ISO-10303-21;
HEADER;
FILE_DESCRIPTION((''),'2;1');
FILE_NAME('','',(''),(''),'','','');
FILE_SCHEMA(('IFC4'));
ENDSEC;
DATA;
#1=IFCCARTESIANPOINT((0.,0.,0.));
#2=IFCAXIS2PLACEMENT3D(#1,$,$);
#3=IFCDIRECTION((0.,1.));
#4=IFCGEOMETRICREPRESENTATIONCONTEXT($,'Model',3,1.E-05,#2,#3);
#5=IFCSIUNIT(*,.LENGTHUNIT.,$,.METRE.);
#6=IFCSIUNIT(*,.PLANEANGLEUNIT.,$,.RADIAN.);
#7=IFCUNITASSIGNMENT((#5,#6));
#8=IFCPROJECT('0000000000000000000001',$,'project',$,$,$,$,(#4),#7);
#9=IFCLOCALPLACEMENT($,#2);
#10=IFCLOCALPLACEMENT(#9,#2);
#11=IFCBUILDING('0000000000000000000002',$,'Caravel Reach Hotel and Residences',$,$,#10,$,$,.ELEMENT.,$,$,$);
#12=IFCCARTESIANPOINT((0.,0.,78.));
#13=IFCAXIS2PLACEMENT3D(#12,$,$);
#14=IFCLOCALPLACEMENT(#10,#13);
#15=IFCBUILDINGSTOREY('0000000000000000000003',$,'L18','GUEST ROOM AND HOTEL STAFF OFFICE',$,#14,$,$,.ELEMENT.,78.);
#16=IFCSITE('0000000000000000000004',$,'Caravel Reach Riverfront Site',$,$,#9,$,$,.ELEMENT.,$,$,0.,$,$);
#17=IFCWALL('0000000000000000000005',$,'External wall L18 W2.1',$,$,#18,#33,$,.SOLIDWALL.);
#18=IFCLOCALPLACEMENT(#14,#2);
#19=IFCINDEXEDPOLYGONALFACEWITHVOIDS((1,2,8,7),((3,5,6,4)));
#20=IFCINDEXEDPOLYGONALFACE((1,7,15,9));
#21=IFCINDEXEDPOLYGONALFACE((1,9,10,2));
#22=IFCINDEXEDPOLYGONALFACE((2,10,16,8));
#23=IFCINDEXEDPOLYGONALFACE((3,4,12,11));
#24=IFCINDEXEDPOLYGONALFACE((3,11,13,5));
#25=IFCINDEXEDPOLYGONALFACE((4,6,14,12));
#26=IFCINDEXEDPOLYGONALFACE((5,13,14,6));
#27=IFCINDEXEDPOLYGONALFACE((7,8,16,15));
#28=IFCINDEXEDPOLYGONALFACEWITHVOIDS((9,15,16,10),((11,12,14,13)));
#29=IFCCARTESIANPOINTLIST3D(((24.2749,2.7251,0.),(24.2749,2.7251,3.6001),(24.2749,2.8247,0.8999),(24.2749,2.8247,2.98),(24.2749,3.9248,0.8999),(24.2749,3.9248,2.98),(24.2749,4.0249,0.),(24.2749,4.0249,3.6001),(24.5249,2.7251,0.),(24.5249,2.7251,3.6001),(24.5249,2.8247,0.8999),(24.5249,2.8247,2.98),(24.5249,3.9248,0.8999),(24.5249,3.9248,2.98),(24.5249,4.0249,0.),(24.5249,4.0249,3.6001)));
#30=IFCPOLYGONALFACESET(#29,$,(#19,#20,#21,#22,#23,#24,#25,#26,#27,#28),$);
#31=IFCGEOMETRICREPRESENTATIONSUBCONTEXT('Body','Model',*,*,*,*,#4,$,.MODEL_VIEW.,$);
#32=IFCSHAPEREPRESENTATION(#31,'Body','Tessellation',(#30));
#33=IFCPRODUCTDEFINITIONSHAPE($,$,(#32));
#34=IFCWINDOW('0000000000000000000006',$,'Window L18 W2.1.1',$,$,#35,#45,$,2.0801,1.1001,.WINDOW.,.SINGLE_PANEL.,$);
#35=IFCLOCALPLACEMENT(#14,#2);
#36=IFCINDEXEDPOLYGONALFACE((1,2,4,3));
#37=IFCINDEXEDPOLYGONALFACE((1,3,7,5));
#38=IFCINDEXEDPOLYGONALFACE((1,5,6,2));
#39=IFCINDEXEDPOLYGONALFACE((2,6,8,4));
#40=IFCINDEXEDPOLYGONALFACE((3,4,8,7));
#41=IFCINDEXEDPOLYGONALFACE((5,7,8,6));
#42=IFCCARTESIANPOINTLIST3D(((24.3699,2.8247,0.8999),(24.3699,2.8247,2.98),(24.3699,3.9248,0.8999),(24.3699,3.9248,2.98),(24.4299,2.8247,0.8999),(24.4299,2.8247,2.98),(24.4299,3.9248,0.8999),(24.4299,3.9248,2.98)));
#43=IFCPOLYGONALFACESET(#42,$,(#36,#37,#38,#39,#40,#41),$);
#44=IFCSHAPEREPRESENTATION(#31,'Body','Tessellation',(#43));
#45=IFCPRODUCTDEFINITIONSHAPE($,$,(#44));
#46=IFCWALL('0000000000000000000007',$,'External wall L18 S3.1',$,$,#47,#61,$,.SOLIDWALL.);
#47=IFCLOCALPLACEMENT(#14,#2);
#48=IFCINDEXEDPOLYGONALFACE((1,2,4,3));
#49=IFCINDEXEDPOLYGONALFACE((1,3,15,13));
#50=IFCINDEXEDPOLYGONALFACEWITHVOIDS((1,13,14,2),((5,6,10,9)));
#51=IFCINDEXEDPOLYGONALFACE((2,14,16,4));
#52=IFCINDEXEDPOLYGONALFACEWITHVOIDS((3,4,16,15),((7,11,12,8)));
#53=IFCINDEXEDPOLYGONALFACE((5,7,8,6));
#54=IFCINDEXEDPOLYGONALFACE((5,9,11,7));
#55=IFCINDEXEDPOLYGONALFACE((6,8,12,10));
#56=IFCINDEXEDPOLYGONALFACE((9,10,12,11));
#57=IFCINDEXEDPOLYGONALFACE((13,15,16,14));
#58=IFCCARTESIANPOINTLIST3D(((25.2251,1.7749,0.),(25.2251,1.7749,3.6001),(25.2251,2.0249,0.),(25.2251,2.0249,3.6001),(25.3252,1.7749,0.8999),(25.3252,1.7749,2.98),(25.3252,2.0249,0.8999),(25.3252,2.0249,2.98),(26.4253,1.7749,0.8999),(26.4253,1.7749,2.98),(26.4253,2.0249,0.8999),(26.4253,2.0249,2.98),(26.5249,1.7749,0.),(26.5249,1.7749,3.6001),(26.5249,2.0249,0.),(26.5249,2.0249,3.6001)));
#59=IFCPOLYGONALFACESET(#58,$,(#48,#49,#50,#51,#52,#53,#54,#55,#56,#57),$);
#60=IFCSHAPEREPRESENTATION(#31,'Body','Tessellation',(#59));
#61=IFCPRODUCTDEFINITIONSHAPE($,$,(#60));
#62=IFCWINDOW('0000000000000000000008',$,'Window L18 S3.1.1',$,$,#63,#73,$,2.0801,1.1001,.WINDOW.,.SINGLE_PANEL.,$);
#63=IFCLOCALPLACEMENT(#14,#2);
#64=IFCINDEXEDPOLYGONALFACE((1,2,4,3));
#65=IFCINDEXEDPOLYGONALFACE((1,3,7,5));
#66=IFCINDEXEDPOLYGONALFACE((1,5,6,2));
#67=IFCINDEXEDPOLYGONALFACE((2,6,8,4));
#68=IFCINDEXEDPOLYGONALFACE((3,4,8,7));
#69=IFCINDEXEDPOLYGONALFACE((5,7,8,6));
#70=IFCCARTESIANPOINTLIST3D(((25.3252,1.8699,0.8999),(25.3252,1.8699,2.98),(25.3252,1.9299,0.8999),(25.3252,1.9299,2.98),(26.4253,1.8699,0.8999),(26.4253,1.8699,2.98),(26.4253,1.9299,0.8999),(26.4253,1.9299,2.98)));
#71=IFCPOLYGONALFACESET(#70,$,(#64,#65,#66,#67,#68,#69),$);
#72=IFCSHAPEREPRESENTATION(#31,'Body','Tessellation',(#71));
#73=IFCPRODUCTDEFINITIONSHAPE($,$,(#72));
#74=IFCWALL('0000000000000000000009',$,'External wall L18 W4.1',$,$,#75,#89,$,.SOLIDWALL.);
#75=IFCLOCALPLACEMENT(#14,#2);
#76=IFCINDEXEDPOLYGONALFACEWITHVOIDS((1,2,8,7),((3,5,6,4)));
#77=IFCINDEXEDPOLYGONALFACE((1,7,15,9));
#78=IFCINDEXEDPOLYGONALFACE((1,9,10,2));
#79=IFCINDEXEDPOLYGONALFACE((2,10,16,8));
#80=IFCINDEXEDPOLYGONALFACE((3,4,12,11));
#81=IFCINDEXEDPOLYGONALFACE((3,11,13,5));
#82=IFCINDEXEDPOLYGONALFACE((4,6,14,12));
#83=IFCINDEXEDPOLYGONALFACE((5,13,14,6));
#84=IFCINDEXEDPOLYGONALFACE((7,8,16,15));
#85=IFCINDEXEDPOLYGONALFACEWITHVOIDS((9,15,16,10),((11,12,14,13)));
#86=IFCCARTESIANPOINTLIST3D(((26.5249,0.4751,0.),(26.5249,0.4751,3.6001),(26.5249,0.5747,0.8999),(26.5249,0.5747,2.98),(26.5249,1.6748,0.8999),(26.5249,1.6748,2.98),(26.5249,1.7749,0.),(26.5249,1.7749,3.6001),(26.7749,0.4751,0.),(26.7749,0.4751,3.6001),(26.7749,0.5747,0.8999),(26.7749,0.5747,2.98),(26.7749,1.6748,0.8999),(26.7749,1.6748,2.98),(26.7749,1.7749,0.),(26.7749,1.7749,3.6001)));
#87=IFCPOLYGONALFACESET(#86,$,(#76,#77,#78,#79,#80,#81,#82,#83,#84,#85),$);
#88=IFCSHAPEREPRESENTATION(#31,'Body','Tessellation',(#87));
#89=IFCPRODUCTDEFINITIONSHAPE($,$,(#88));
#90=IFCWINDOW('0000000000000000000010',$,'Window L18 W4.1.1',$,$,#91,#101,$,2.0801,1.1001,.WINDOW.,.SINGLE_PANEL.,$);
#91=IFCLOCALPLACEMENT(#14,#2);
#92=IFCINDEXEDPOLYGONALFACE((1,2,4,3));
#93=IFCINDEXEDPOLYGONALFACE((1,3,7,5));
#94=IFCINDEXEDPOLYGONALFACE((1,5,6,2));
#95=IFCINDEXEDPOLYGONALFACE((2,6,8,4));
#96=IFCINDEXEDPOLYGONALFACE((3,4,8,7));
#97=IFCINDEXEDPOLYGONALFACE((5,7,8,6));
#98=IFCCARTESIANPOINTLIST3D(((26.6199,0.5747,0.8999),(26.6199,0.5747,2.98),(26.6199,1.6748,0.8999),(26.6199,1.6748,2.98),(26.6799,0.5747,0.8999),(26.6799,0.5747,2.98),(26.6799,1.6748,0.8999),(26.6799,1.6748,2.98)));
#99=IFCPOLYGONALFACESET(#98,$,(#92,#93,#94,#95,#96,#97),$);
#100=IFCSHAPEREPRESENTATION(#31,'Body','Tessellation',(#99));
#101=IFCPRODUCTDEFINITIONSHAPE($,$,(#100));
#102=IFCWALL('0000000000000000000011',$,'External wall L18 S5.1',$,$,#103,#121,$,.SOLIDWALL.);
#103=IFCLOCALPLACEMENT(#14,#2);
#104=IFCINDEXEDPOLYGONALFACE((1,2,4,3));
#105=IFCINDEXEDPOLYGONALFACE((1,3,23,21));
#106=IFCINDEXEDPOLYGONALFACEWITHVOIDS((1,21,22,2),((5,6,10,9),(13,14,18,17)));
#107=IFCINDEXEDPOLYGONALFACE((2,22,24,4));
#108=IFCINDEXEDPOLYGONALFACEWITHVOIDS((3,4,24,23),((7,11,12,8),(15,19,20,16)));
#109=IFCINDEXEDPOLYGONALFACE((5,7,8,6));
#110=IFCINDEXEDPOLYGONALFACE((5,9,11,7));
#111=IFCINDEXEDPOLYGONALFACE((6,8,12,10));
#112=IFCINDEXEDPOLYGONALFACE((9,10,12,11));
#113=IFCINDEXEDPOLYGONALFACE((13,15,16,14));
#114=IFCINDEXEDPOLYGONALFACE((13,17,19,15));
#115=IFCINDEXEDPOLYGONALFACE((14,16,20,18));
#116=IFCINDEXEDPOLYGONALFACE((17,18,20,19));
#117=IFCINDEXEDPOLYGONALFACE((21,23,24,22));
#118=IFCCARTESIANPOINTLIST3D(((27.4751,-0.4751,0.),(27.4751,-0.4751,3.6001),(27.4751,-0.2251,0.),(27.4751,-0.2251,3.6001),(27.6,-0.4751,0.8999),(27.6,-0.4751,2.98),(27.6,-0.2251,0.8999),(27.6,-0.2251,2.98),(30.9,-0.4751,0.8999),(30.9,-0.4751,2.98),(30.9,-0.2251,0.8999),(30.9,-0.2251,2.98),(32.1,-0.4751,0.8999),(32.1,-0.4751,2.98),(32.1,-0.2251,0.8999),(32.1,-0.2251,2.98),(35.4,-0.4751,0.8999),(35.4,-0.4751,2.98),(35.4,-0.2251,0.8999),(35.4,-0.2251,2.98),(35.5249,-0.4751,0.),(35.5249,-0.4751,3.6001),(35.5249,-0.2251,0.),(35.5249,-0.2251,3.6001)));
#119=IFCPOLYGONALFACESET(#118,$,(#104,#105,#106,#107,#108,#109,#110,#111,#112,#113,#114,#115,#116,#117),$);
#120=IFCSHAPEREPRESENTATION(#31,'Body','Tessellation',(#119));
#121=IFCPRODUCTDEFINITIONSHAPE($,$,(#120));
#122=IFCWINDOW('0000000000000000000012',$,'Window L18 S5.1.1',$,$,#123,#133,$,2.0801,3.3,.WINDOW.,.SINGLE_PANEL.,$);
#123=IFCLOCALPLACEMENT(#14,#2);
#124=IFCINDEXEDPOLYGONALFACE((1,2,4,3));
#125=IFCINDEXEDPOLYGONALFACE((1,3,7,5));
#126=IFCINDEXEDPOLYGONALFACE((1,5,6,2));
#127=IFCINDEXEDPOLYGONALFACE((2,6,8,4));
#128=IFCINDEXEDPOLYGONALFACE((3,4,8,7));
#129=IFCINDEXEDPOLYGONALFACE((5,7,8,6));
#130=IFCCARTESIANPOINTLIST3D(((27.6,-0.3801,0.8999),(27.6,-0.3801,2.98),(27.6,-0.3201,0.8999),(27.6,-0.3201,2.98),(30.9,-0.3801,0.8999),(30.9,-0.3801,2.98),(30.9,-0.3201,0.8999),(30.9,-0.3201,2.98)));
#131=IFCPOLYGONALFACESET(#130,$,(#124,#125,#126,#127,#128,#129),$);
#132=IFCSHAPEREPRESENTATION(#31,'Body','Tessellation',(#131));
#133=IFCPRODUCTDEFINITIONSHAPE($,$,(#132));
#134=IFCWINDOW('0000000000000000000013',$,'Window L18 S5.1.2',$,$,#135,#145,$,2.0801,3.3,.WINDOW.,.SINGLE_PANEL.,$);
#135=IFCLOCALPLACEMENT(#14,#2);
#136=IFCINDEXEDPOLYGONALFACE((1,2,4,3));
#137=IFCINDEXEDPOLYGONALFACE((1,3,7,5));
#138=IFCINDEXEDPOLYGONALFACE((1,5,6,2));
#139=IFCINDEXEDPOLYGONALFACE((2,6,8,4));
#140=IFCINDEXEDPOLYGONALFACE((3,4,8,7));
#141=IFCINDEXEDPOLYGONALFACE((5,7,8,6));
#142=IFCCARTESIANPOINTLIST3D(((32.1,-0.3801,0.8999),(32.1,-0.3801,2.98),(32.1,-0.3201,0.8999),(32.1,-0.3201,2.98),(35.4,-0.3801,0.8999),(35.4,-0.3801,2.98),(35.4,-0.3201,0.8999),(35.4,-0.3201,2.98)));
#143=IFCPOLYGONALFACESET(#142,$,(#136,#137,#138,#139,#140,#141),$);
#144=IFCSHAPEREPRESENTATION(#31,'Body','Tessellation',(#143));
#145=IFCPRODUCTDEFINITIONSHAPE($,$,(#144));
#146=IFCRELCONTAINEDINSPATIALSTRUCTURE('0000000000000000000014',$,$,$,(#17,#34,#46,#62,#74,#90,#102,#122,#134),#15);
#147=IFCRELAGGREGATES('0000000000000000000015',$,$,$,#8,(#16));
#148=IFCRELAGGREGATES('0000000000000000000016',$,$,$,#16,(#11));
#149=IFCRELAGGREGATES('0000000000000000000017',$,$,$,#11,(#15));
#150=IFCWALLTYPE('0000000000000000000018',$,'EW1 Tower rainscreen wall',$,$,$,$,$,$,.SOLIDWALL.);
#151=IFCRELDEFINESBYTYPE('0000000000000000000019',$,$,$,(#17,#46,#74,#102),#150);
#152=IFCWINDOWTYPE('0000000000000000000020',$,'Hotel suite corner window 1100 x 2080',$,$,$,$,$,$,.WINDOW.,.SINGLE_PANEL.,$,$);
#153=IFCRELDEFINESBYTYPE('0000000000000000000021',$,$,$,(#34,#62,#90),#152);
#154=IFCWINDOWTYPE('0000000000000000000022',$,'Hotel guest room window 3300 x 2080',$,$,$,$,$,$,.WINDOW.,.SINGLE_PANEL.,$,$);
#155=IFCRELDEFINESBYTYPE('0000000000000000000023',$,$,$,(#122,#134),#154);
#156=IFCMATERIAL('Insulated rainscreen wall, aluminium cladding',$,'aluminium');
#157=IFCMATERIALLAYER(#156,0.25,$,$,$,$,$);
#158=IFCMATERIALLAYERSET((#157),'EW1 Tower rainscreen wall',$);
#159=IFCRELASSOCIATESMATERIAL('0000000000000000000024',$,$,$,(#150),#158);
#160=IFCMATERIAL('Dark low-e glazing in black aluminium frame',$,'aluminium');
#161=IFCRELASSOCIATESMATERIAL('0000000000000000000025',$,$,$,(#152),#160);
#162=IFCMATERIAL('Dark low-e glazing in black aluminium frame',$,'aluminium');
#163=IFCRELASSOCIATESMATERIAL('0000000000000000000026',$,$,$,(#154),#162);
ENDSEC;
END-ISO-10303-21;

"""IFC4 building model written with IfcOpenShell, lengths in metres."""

from ifc_helpers import new_model, si_unit, direction, frame, frame_2d, origin, place, context, subcontext, project, spatial, rectangle, extrude, material, layer, layer_set, type_object, element, fill, save


model = new_model("IFC4")

# Units and contexts
model_context = context("Model", 3, precision=1e-05, world=origin(), true_north=direction((0.0, 1.0)))
body_context = subcontext(model_context, "Body", "Model", "MODEL_VIEW")
ifc_project = project(units=[si_unit("LENGTHUNIT", "METRE"), si_unit("PLANEANGLEUNIT", "RADIAN")], contexts=[model_context])

# Site, building, storey
site_placement = place(None, origin())
site = spatial("IfcSite", under=ifc_project, at=site_placement, Name="Caravel Reach Riverfront Site", CompositionType="ELEMENT", RefElevation=0.0)
building_placement = place(site_placement, origin())
building = spatial("IfcBuilding", under=site, at=building_placement, Name="Caravel Reach Hotel and Residences", CompositionType="ELEMENT")
storey_placement = place(building_placement, frame((0.0, 0.0, 78.0)))
storey = spatial("IfcBuildingStorey", under=building, at=storey_placement, Name="L18", Description="GUEST ROOM AND HOTEL STAFF OFFICE", CompositionType="ELEMENT", Elevation=78.0)

# Walls, openings, windows
ifc_material_1 = material(Name="Insulated rainscreen wall, aluminium cladding", Category="aluminium")
ifc_layer = layer(ifc_material_1, 0.25)
ifc_layer_set = layer_set([ifc_layer], Name="EW1 Tower rainscreen wall")
wall_type = type_object("IfcWallType", Name="EW1 Tower rainscreen wall", PredefinedType="SOLIDWALL", material=ifc_layer_set)
wall_1_placement = place(storey_placement, frame((24.3999, 4.0249, 0.0), z_axis=(0.0, 0.0, 1.0), x_axis=(0.0, -1.0, 0.0)))
wall_1 = element("IfcWall", 1, at=wall_1_placement, inside=storey, type_object=wall_type, Name="External wall L18 W2.1", PredefinedType="SOLIDWALL", context=body_context, shape_type="SweptSolid", body=[
    extrude(rectangle(XDim=1.2998, YDim=0.25, at=frame_2d((0.6499, 0.0))), origin(), (0.0, 0.0, 1.0), 3.6001),
])
opening_1_placement = place(wall_1_placement, frame((0.1001, 0.0, 0.8999)))
opening_1 = element("IfcOpeningElement", 2, at=opening_1_placement, cuts=wall_1, PredefinedType="OPENING", context=body_context, shape_type="SweptSolid", body=[
    extrude(rectangle(XDim=1.1001, YDim=2.0801, at=frame_2d((0.55, 1.04))), frame((0.0, 0.135, 0.0), z_axis=(0.0, -1.0, 0.0), x_axis=(1.0, 0.0, 0.0)), (0.0, 0.0, 1.0), 0.27),
])
ifc_material_2 = material(Name="Dark low-e glazing in black aluminium frame", Category="aluminium")
window_type_1 = type_object("IfcWindowType", Name="Hotel suite corner window 1100 x 2080", PartitioningType="SINGLE_PANEL", PredefinedType="WINDOW", material=ifc_material_2)
window_1_placement = place(opening_1_placement, origin())
window_1 = element("IfcWindow", 3, at=window_1_placement, inside=storey, type_object=window_type_1, Name="Window L18 W2.1.1", OverallHeight=2.0801, OverallWidth=1.1001, PartitioningType="SINGLE_PANEL", PredefinedType="WINDOW", context=body_context, shape_type="SweptSolid", body=[
    extrude(rectangle(XDim=1.1001, YDim=2.0801, at=frame_2d((0.55, 1.04))), frame((0.0, 0.03, 0.0), z_axis=(0.0, -1.0, 0.0), x_axis=(1.0, 0.0, 0.0)), (0.0, 0.0, 1.0), 0.0601),
])
fill(opening_1, window_1)
wall_2_placement = place(storey_placement, frame((25.2251, 1.8999, 0.0), z_axis=(0.0, 0.0, 1.0), x_axis=(1.0, 0.0, 0.0)))
wall_2 = element("IfcWall", 4, at=wall_2_placement, inside=storey, type_object=wall_type, Name="External wall L18 S3.1", PredefinedType="SOLIDWALL", context=body_context, shape_type="SweptSolid", body=[
    extrude(rectangle(XDim=1.2998, YDim=0.25, at=frame_2d((0.6499, 0.0))), origin(), (0.0, 0.0, 1.0), 3.6001),
])
opening_2_placement = place(wall_2_placement, frame((0.1001, 0.0, 0.8999)))
opening_2 = element("IfcOpeningElement", 5, at=opening_2_placement, cuts=wall_2, PredefinedType="OPENING", context=body_context, shape_type="SweptSolid", body=[
    extrude(rectangle(XDim=1.1001, YDim=2.0801, at=frame_2d((0.55, 1.04))), frame((0.0, 0.135, 0.0), z_axis=(0.0, -1.0, 0.0), x_axis=(1.0, 0.0, 0.0)), (0.0, 0.0, 1.0), 0.27),
])
window_2_placement = place(opening_2_placement, origin())
window_2 = element("IfcWindow", 6, at=window_2_placement, inside=storey, type_object=window_type_1, Name="Window L18 S3.1.1", OverallHeight=2.0801, OverallWidth=1.1001, PartitioningType="SINGLE_PANEL", PredefinedType="WINDOW", context=body_context, shape_type="SweptSolid", body=[
    extrude(rectangle(XDim=1.1001, YDim=2.0801, at=frame_2d((0.55, 1.04))), frame((0.0, 0.03, 0.0), z_axis=(0.0, -1.0, 0.0), x_axis=(1.0, 0.0, 0.0)), (0.0, 0.0, 1.0), 0.0601),
])
fill(opening_2, window_2)
wall_3_placement = place(storey_placement, frame((26.6499, 1.7749, 0.0), z_axis=(0.0, 0.0, 1.0), x_axis=(0.0, -1.0, 0.0)))
wall_3 = element("IfcWall", 7, at=wall_3_placement, inside=storey, type_object=wall_type, Name="External wall L18 W4.1", PredefinedType="SOLIDWALL", context=body_context, shape_type="SweptSolid", body=[
    extrude(rectangle(XDim=1.2998, YDim=0.25, at=frame_2d((0.6499, 0.0))), origin(), (0.0, 0.0, 1.0), 3.6001),
])
opening_3_placement = place(wall_3_placement, frame((0.1001, 0.0, 0.8999)))
opening_3 = element("IfcOpeningElement", 8, at=opening_3_placement, cuts=wall_3, PredefinedType="OPENING", context=body_context, shape_type="SweptSolid", body=[
    extrude(rectangle(XDim=1.1001, YDim=2.0801, at=frame_2d((0.55, 1.04))), frame((0.0, 0.135, 0.0), z_axis=(0.0, -1.0, 0.0), x_axis=(1.0, 0.0, 0.0)), (0.0, 0.0, 1.0), 0.27),
])
window_3_placement = place(opening_3_placement, origin())
window_3 = element("IfcWindow", 9, at=window_3_placement, inside=storey, type_object=window_type_1, Name="Window L18 W4.1.1", OverallHeight=2.0801, OverallWidth=1.1001, PartitioningType="SINGLE_PANEL", PredefinedType="WINDOW", context=body_context, shape_type="SweptSolid", body=[
    extrude(rectangle(XDim=1.1001, YDim=2.0801, at=frame_2d((0.55, 1.04))), frame((0.0, 0.03, 0.0), z_axis=(0.0, -1.0, 0.0), x_axis=(1.0, 0.0, 0.0)), (0.0, 0.0, 1.0), 0.0601),
])
fill(opening_3, window_3)

# Wall, openings, windows
wall_4_placement = place(storey_placement, frame((27.4751, -0.3501, 0.0), z_axis=(0.0, 0.0, 1.0), x_axis=(1.0, 0.0, 0.0)))
wall_4 = element("IfcWall", 10, at=wall_4_placement, inside=storey, type_object=wall_type, Name="External wall L18 S5.1", PredefinedType="SOLIDWALL", context=body_context, shape_type="SweptSolid", body=[
    extrude(rectangle(XDim=8.0498, YDim=0.25, at=frame_2d((4.0249, 0.0))), origin(), (0.0, 0.0, 1.0), 3.6001),
])
opening_4_placement = place(wall_4_placement, frame((0.125, 0.0, 0.8999)))
opening_4 = element("IfcOpeningElement", 11, at=opening_4_placement, cuts=wall_4, PredefinedType="OPENING", context=body_context, shape_type="SweptSolid", body=[
    extrude(rectangle(XDim=3.3, YDim=2.0801, at=frame_2d((1.6499, 1.04))), frame((0.0, 0.135, 0.0), z_axis=(0.0, -1.0, 0.0), x_axis=(1.0, 0.0, 0.0)), (0.0, 0.0, 1.0), 0.27),
])
opening_5_placement = place(wall_4_placement, frame((4.625, 0.0, 0.8999)))
opening_5 = element("IfcOpeningElement", 12, at=opening_5_placement, cuts=wall_4, PredefinedType="OPENING", context=body_context, shape_type="SweptSolid", body=[
    extrude(rectangle(XDim=3.3, YDim=2.0801, at=frame_2d((1.6499, 1.04))), frame((0.0, 0.135, 0.0), z_axis=(0.0, -1.0, 0.0), x_axis=(1.0, 0.0, 0.0)), (0.0, 0.0, 1.0), 0.27),
])
ifc_material_3 = material(Name="Dark low-e glazing in black aluminium frame", Category="aluminium")
window_type_2 = type_object("IfcWindowType", Name="Hotel guest room window 3300 x 2080", PartitioningType="SINGLE_PANEL", PredefinedType="WINDOW", material=ifc_material_3)
window_4_placement = place(opening_4_placement, origin())
window_4 = element("IfcWindow", 13, at=window_4_placement, inside=storey, type_object=window_type_2, Name="Window L18 S5.1.1", OverallHeight=2.0801, OverallWidth=3.3, PartitioningType="SINGLE_PANEL", PredefinedType="WINDOW", context=body_context, shape_type="SweptSolid", body=[
    extrude(rectangle(XDim=3.3, YDim=2.0801, at=frame_2d((1.6499, 1.04))), frame((0.0, 0.03, 0.0), z_axis=(0.0, -1.0, 0.0), x_axis=(1.0, 0.0, 0.0)), (0.0, 0.0, 1.0), 0.0601),
])
fill(opening_4, window_4)
window_5_placement = place(opening_5_placement, origin())
window_5 = element("IfcWindow", 14, at=window_5_placement, inside=storey, type_object=window_type_2, Name="Window L18 S5.1.2", OverallHeight=2.0801, OverallWidth=3.3, PartitioningType="SINGLE_PANEL", PredefinedType="WINDOW", context=body_context, shape_type="SweptSolid", body=[
    extrude(rectangle(XDim=3.3, YDim=2.0801, at=frame_2d((1.6499, 1.04))), frame((0.0, 0.03, 0.0), z_axis=(0.0, -1.0, 0.0), x_axis=(1.0, 0.0, 0.0)), (0.0, 0.0, 1.0), 0.0601),
])
fill(opening_5, window_5)

save(model, "model.ifc")
